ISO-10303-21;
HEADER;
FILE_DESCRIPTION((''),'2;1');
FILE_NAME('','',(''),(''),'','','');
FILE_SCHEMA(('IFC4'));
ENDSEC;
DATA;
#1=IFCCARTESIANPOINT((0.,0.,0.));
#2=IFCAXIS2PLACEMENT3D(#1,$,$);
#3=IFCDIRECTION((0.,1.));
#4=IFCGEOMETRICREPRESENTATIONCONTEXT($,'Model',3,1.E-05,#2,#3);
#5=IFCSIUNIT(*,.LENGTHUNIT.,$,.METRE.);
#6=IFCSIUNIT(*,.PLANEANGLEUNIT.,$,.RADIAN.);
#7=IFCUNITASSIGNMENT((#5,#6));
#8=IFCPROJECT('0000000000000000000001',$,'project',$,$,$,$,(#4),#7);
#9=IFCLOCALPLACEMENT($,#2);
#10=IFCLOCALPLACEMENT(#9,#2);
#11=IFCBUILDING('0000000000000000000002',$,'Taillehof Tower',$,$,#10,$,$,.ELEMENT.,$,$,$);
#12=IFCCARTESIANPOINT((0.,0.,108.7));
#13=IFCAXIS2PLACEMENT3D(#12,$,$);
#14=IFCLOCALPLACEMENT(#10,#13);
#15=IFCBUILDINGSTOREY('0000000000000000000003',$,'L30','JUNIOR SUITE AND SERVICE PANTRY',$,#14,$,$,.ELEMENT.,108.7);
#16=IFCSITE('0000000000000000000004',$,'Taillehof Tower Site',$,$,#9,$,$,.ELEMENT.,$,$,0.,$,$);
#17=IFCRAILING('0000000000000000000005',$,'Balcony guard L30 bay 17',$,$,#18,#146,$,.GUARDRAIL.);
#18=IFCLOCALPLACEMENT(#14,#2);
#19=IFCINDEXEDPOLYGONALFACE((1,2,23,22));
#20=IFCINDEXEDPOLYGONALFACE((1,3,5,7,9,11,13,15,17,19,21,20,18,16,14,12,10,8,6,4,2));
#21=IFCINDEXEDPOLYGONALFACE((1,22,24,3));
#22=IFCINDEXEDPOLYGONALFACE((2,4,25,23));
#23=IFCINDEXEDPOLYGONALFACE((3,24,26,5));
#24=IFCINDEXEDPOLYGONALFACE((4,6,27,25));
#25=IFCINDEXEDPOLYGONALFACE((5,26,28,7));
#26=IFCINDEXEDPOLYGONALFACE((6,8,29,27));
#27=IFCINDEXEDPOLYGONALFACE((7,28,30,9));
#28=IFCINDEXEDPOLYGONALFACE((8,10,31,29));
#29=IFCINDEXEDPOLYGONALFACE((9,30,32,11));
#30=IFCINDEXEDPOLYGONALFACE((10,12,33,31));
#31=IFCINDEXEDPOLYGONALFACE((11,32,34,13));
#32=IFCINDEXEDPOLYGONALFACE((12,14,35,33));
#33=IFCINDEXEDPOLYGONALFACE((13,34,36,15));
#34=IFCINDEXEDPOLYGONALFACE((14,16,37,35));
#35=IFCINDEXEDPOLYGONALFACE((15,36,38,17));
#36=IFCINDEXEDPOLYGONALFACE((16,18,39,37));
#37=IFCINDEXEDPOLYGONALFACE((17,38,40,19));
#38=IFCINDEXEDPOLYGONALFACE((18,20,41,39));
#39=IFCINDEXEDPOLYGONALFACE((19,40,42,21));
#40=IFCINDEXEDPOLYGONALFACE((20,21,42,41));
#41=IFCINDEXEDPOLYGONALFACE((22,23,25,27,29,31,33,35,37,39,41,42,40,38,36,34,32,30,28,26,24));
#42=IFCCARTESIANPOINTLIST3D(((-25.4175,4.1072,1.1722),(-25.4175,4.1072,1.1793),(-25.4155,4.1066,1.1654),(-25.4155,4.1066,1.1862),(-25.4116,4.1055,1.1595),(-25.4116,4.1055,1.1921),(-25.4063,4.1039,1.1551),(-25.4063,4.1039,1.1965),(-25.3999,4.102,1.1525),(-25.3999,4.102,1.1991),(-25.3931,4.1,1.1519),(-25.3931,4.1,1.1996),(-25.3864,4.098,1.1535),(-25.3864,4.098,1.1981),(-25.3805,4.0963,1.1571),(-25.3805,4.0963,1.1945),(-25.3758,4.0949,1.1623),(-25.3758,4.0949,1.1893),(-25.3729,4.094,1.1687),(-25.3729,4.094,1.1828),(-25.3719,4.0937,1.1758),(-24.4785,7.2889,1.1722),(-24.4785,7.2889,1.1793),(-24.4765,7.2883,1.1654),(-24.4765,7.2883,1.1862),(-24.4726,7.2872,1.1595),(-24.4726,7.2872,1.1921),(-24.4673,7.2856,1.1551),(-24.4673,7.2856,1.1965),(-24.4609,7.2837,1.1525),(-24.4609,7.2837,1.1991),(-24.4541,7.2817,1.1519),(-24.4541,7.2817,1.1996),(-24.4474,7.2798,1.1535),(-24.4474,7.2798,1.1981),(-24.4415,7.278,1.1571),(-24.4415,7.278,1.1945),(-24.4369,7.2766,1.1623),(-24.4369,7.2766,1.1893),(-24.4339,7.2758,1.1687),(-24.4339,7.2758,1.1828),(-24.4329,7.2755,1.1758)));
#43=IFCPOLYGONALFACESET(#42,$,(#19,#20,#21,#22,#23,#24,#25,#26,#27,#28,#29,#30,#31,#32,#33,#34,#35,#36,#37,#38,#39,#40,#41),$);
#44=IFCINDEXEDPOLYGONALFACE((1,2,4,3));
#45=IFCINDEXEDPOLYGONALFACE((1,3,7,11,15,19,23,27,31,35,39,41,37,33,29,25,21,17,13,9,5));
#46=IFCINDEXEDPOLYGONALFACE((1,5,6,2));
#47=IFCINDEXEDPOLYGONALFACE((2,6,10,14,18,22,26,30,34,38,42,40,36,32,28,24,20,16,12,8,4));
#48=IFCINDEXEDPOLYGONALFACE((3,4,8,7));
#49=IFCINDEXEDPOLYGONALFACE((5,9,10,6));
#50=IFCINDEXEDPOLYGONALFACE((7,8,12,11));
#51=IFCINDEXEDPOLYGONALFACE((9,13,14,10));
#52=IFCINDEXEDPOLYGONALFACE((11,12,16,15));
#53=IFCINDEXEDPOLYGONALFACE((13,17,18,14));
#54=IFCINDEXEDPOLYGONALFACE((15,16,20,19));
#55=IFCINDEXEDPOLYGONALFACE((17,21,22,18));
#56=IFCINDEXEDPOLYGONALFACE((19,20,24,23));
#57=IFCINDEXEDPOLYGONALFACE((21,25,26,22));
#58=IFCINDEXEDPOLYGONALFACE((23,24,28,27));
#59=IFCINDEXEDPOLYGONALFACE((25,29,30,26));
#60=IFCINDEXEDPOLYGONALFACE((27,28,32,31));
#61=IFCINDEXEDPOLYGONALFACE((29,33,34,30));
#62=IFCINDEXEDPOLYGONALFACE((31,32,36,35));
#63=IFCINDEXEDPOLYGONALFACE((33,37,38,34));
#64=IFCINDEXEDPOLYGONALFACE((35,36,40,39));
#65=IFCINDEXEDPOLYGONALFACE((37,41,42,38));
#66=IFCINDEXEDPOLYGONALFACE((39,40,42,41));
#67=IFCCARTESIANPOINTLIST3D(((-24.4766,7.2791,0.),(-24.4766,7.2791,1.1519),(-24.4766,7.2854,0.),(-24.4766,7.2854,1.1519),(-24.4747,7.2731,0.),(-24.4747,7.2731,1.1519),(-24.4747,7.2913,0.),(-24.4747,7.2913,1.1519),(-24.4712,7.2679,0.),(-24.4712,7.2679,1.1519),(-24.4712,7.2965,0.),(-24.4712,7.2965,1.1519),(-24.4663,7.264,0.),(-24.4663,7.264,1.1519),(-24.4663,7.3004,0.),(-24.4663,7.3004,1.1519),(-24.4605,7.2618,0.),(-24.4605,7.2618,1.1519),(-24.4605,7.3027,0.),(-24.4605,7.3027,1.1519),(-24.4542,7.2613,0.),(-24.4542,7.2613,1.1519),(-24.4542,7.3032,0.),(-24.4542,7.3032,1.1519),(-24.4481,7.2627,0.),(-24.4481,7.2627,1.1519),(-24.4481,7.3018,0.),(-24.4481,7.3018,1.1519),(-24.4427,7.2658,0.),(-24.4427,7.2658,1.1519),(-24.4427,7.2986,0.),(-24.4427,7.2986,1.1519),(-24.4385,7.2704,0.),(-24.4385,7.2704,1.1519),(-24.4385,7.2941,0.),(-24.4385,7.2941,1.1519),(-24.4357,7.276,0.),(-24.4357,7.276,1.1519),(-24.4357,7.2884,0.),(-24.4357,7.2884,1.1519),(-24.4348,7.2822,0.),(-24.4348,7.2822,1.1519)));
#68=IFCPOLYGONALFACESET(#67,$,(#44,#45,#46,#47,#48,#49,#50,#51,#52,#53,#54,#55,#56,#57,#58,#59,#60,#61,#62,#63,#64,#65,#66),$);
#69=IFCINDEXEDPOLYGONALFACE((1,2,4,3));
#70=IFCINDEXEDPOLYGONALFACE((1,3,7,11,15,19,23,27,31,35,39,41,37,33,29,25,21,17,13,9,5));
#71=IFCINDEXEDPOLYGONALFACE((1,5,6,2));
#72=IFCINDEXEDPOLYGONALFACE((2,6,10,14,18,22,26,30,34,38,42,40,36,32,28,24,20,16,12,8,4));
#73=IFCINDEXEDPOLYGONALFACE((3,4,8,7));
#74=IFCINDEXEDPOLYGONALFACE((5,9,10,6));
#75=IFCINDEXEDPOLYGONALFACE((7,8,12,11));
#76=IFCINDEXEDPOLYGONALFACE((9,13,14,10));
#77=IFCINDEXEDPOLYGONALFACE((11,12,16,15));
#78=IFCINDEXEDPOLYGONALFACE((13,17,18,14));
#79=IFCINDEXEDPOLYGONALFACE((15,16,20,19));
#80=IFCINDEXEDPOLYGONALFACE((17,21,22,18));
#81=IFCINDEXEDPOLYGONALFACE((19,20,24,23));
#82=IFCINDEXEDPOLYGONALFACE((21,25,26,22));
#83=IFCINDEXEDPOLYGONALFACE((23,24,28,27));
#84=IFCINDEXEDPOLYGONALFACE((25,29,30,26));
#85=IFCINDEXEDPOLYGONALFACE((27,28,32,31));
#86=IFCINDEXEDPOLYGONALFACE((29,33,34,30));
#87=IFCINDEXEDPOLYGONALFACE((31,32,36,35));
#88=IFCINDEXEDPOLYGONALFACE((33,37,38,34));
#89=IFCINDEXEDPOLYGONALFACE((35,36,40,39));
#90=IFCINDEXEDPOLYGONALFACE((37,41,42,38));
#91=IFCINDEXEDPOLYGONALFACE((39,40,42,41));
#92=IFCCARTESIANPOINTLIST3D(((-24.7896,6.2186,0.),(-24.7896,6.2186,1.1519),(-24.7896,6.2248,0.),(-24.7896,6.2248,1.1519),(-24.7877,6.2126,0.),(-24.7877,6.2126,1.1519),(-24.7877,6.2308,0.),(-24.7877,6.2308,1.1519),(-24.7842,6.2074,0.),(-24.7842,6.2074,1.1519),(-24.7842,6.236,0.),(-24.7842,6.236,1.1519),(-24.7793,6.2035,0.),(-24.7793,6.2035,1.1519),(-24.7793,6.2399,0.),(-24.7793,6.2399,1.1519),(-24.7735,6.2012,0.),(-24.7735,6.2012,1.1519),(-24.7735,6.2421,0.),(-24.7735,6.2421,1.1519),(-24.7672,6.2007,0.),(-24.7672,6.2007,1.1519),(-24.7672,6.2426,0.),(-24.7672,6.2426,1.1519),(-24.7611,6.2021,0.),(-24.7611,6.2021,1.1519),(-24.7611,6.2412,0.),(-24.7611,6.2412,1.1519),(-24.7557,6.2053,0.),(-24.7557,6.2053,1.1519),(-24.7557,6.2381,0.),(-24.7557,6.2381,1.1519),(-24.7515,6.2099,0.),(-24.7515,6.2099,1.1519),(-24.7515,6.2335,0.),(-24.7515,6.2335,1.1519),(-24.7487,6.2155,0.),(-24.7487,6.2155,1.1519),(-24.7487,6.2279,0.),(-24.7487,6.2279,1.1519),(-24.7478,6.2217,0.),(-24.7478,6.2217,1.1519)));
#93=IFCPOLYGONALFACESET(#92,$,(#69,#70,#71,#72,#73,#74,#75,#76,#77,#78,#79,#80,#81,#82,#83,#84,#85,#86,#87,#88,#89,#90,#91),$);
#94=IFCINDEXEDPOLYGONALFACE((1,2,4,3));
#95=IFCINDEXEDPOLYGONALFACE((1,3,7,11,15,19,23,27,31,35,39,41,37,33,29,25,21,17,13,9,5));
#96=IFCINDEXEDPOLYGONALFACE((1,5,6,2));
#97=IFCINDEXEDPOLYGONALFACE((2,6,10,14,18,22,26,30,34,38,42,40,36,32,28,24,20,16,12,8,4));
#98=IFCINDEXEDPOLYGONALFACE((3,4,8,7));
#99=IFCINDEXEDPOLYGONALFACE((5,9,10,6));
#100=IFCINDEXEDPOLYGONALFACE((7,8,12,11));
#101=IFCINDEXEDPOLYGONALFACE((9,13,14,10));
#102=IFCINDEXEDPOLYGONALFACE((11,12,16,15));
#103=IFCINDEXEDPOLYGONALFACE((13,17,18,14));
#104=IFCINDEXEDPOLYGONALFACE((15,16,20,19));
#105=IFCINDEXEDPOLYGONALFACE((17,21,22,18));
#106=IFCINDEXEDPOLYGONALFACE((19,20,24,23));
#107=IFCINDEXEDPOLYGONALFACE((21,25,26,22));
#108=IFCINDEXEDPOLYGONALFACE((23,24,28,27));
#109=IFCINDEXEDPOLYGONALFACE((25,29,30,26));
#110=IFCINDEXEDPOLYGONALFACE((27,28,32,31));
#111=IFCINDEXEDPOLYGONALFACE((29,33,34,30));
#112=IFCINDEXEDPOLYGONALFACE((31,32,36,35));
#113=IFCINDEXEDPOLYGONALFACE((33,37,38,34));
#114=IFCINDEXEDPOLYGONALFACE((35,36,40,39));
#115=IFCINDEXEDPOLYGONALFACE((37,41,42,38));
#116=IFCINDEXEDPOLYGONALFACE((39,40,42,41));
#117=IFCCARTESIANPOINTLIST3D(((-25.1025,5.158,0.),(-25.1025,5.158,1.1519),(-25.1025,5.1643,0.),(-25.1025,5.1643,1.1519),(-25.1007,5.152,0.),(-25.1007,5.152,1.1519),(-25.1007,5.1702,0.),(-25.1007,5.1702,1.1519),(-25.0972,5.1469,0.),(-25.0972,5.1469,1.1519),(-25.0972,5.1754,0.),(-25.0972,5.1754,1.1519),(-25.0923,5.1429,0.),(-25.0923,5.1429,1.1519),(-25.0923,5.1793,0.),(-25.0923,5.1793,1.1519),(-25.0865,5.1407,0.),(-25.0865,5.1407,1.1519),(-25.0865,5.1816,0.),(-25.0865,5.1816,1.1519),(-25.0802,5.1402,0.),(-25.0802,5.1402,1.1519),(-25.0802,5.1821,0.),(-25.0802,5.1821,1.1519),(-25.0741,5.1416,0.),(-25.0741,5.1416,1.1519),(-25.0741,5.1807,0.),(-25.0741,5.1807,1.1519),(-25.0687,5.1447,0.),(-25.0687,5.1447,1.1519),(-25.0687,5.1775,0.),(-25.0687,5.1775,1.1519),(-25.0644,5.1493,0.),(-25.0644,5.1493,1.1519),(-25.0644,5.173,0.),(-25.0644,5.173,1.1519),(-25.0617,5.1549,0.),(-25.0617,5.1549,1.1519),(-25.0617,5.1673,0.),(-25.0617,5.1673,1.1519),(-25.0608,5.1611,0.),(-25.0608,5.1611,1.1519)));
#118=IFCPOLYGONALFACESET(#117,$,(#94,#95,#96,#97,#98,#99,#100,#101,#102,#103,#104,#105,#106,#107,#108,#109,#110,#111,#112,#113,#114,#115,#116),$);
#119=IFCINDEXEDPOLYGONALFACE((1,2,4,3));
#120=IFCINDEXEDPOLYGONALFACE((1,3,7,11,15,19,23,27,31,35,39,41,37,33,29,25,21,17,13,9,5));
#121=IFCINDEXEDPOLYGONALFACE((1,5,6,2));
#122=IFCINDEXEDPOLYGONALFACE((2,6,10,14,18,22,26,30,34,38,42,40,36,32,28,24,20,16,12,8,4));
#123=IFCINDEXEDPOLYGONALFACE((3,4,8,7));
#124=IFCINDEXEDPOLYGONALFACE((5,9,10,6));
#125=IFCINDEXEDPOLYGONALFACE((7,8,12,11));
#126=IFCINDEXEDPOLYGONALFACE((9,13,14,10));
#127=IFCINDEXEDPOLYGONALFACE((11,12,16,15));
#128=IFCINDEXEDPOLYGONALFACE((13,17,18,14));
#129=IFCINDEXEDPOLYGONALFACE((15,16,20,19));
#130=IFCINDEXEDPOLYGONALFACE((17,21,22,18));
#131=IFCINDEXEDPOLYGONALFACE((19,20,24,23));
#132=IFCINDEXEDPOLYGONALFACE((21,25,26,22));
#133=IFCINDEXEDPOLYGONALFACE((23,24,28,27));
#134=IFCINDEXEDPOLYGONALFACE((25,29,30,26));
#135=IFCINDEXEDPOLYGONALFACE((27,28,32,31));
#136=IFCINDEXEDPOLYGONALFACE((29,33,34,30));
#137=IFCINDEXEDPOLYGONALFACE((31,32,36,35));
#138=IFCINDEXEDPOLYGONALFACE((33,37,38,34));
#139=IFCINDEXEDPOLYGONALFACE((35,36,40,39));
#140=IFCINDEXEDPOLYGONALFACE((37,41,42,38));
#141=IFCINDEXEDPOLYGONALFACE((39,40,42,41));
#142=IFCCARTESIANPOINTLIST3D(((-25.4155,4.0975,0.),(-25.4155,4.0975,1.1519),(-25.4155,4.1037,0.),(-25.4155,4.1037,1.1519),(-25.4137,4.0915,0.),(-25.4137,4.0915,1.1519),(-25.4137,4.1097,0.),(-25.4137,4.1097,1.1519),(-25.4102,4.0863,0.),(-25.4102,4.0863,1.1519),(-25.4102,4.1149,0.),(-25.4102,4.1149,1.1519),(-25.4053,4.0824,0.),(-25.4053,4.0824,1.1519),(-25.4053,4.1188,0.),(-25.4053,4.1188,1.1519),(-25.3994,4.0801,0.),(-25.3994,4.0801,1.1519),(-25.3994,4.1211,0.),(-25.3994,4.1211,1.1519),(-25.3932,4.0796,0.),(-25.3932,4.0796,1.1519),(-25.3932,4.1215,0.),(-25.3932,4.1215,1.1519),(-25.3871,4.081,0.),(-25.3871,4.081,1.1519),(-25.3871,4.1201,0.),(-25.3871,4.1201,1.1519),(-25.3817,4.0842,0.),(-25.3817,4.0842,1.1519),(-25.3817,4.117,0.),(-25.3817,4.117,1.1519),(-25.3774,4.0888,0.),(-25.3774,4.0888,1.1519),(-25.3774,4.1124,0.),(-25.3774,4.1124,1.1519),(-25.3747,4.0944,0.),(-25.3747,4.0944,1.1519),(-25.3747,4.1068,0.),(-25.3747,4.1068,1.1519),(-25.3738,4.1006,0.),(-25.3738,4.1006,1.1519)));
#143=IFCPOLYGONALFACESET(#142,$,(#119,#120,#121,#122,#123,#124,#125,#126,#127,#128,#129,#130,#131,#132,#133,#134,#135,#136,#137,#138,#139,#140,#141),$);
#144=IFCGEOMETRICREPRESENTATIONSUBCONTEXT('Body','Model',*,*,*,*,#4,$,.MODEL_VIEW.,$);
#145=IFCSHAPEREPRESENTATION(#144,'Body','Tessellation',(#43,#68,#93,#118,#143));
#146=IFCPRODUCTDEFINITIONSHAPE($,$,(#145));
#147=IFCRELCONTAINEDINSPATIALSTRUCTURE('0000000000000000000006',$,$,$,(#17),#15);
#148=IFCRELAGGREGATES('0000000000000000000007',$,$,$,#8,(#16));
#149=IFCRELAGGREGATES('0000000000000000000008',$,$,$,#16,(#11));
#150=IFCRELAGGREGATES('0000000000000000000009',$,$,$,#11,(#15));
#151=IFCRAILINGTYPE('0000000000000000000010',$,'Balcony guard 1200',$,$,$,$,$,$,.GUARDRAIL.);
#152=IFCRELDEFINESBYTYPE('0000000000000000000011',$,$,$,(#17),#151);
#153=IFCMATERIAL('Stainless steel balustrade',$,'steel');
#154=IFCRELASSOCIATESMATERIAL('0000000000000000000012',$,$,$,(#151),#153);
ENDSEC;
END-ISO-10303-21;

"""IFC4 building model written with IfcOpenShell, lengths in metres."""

from ifc_helpers import new_model, si_unit, direction, frame, origin, origin_2d, place, context, subcontext, project, spatial, circle, extrude, material, type_object, element, save


model = new_model("IFC4")

# Units and contexts
model_context = context("Model", 3, precision=1e-05, world=origin(), true_north=direction((0.0, 1.0)))
body_context = subcontext(model_context, "Body", "Model", "MODEL_VIEW")
ifc_project = project(units=[si_unit("LENGTHUNIT", "METRE"), si_unit("PLANEANGLEUNIT", "RADIAN")], contexts=[model_context])

# Site, building, storey
site_placement = place(None, origin())
site = spatial("IfcSite", under=ifc_project, at=site_placement, Name="Taillehof Tower Site", CompositionType="ELEMENT", RefElevation=0.0)
building_placement = place(site_placement, origin())
building = spatial("IfcBuilding", under=site, at=building_placement, Name="Taillehof Tower", CompositionType="ELEMENT")
storey_placement = place(building_placement, frame((0.0, 0.0, 108.7)))
storey = spatial("IfcBuildingStorey", under=building, at=storey_placement, Name="L30", Description="JUNIOR SUITE AND SERVICE PANTRY", CompositionType="ELEMENT", Elevation=108.7)

# Railing
ifc_material_1 = material(Name="Stainless steel balustrade", Category="steel")
railing_type = type_object("IfcRailingType", Name="Balcony guard 1200", PredefinedType="GUARDRAIL", material=ifc_material_1)
railing_placement = place(storey_placement, frame((-24.4558, 7.2822, 0.0)))
element("IfcRailing", 1, at=railing_placement, inside=storey, type_object=railing_type, Name="Balcony guard L30 bay 17", PredefinedType="GUARDRAIL", context=body_context, shape_type="SweptSolid", body=[
    extrude(circle(Radius=0.0239, at=origin_2d()), frame((0.0, 0.0, 1.1758), z_axis=(-0.283051, -0.959105, 0.0), x_axis=(0.959105, -0.283051, 0.0)), (0.0, 0.0, 1.0), 3.3174),
    extrude(circle(Radius=0.021, at=origin_2d()), origin(), (0.0, 0.0, 1.0), 1.1519),
    extrude(circle(Radius=0.021, at=origin_2d()), frame((-0.313, -1.0605, 0.0)), (0.0, 0.0, 1.0), 1.1519),
    extrude(circle(Radius=0.021, at=origin_2d()), frame((-0.626, -2.1211, 0.0)), (0.0, 0.0, 1.0), 1.1519),
    extrude(circle(Radius=0.021, at=origin_2d()), frame((-0.939, -3.1816, 0.0)), (0.0, 0.0, 1.0), 1.1519),
])

save(model, "model.ifc")
